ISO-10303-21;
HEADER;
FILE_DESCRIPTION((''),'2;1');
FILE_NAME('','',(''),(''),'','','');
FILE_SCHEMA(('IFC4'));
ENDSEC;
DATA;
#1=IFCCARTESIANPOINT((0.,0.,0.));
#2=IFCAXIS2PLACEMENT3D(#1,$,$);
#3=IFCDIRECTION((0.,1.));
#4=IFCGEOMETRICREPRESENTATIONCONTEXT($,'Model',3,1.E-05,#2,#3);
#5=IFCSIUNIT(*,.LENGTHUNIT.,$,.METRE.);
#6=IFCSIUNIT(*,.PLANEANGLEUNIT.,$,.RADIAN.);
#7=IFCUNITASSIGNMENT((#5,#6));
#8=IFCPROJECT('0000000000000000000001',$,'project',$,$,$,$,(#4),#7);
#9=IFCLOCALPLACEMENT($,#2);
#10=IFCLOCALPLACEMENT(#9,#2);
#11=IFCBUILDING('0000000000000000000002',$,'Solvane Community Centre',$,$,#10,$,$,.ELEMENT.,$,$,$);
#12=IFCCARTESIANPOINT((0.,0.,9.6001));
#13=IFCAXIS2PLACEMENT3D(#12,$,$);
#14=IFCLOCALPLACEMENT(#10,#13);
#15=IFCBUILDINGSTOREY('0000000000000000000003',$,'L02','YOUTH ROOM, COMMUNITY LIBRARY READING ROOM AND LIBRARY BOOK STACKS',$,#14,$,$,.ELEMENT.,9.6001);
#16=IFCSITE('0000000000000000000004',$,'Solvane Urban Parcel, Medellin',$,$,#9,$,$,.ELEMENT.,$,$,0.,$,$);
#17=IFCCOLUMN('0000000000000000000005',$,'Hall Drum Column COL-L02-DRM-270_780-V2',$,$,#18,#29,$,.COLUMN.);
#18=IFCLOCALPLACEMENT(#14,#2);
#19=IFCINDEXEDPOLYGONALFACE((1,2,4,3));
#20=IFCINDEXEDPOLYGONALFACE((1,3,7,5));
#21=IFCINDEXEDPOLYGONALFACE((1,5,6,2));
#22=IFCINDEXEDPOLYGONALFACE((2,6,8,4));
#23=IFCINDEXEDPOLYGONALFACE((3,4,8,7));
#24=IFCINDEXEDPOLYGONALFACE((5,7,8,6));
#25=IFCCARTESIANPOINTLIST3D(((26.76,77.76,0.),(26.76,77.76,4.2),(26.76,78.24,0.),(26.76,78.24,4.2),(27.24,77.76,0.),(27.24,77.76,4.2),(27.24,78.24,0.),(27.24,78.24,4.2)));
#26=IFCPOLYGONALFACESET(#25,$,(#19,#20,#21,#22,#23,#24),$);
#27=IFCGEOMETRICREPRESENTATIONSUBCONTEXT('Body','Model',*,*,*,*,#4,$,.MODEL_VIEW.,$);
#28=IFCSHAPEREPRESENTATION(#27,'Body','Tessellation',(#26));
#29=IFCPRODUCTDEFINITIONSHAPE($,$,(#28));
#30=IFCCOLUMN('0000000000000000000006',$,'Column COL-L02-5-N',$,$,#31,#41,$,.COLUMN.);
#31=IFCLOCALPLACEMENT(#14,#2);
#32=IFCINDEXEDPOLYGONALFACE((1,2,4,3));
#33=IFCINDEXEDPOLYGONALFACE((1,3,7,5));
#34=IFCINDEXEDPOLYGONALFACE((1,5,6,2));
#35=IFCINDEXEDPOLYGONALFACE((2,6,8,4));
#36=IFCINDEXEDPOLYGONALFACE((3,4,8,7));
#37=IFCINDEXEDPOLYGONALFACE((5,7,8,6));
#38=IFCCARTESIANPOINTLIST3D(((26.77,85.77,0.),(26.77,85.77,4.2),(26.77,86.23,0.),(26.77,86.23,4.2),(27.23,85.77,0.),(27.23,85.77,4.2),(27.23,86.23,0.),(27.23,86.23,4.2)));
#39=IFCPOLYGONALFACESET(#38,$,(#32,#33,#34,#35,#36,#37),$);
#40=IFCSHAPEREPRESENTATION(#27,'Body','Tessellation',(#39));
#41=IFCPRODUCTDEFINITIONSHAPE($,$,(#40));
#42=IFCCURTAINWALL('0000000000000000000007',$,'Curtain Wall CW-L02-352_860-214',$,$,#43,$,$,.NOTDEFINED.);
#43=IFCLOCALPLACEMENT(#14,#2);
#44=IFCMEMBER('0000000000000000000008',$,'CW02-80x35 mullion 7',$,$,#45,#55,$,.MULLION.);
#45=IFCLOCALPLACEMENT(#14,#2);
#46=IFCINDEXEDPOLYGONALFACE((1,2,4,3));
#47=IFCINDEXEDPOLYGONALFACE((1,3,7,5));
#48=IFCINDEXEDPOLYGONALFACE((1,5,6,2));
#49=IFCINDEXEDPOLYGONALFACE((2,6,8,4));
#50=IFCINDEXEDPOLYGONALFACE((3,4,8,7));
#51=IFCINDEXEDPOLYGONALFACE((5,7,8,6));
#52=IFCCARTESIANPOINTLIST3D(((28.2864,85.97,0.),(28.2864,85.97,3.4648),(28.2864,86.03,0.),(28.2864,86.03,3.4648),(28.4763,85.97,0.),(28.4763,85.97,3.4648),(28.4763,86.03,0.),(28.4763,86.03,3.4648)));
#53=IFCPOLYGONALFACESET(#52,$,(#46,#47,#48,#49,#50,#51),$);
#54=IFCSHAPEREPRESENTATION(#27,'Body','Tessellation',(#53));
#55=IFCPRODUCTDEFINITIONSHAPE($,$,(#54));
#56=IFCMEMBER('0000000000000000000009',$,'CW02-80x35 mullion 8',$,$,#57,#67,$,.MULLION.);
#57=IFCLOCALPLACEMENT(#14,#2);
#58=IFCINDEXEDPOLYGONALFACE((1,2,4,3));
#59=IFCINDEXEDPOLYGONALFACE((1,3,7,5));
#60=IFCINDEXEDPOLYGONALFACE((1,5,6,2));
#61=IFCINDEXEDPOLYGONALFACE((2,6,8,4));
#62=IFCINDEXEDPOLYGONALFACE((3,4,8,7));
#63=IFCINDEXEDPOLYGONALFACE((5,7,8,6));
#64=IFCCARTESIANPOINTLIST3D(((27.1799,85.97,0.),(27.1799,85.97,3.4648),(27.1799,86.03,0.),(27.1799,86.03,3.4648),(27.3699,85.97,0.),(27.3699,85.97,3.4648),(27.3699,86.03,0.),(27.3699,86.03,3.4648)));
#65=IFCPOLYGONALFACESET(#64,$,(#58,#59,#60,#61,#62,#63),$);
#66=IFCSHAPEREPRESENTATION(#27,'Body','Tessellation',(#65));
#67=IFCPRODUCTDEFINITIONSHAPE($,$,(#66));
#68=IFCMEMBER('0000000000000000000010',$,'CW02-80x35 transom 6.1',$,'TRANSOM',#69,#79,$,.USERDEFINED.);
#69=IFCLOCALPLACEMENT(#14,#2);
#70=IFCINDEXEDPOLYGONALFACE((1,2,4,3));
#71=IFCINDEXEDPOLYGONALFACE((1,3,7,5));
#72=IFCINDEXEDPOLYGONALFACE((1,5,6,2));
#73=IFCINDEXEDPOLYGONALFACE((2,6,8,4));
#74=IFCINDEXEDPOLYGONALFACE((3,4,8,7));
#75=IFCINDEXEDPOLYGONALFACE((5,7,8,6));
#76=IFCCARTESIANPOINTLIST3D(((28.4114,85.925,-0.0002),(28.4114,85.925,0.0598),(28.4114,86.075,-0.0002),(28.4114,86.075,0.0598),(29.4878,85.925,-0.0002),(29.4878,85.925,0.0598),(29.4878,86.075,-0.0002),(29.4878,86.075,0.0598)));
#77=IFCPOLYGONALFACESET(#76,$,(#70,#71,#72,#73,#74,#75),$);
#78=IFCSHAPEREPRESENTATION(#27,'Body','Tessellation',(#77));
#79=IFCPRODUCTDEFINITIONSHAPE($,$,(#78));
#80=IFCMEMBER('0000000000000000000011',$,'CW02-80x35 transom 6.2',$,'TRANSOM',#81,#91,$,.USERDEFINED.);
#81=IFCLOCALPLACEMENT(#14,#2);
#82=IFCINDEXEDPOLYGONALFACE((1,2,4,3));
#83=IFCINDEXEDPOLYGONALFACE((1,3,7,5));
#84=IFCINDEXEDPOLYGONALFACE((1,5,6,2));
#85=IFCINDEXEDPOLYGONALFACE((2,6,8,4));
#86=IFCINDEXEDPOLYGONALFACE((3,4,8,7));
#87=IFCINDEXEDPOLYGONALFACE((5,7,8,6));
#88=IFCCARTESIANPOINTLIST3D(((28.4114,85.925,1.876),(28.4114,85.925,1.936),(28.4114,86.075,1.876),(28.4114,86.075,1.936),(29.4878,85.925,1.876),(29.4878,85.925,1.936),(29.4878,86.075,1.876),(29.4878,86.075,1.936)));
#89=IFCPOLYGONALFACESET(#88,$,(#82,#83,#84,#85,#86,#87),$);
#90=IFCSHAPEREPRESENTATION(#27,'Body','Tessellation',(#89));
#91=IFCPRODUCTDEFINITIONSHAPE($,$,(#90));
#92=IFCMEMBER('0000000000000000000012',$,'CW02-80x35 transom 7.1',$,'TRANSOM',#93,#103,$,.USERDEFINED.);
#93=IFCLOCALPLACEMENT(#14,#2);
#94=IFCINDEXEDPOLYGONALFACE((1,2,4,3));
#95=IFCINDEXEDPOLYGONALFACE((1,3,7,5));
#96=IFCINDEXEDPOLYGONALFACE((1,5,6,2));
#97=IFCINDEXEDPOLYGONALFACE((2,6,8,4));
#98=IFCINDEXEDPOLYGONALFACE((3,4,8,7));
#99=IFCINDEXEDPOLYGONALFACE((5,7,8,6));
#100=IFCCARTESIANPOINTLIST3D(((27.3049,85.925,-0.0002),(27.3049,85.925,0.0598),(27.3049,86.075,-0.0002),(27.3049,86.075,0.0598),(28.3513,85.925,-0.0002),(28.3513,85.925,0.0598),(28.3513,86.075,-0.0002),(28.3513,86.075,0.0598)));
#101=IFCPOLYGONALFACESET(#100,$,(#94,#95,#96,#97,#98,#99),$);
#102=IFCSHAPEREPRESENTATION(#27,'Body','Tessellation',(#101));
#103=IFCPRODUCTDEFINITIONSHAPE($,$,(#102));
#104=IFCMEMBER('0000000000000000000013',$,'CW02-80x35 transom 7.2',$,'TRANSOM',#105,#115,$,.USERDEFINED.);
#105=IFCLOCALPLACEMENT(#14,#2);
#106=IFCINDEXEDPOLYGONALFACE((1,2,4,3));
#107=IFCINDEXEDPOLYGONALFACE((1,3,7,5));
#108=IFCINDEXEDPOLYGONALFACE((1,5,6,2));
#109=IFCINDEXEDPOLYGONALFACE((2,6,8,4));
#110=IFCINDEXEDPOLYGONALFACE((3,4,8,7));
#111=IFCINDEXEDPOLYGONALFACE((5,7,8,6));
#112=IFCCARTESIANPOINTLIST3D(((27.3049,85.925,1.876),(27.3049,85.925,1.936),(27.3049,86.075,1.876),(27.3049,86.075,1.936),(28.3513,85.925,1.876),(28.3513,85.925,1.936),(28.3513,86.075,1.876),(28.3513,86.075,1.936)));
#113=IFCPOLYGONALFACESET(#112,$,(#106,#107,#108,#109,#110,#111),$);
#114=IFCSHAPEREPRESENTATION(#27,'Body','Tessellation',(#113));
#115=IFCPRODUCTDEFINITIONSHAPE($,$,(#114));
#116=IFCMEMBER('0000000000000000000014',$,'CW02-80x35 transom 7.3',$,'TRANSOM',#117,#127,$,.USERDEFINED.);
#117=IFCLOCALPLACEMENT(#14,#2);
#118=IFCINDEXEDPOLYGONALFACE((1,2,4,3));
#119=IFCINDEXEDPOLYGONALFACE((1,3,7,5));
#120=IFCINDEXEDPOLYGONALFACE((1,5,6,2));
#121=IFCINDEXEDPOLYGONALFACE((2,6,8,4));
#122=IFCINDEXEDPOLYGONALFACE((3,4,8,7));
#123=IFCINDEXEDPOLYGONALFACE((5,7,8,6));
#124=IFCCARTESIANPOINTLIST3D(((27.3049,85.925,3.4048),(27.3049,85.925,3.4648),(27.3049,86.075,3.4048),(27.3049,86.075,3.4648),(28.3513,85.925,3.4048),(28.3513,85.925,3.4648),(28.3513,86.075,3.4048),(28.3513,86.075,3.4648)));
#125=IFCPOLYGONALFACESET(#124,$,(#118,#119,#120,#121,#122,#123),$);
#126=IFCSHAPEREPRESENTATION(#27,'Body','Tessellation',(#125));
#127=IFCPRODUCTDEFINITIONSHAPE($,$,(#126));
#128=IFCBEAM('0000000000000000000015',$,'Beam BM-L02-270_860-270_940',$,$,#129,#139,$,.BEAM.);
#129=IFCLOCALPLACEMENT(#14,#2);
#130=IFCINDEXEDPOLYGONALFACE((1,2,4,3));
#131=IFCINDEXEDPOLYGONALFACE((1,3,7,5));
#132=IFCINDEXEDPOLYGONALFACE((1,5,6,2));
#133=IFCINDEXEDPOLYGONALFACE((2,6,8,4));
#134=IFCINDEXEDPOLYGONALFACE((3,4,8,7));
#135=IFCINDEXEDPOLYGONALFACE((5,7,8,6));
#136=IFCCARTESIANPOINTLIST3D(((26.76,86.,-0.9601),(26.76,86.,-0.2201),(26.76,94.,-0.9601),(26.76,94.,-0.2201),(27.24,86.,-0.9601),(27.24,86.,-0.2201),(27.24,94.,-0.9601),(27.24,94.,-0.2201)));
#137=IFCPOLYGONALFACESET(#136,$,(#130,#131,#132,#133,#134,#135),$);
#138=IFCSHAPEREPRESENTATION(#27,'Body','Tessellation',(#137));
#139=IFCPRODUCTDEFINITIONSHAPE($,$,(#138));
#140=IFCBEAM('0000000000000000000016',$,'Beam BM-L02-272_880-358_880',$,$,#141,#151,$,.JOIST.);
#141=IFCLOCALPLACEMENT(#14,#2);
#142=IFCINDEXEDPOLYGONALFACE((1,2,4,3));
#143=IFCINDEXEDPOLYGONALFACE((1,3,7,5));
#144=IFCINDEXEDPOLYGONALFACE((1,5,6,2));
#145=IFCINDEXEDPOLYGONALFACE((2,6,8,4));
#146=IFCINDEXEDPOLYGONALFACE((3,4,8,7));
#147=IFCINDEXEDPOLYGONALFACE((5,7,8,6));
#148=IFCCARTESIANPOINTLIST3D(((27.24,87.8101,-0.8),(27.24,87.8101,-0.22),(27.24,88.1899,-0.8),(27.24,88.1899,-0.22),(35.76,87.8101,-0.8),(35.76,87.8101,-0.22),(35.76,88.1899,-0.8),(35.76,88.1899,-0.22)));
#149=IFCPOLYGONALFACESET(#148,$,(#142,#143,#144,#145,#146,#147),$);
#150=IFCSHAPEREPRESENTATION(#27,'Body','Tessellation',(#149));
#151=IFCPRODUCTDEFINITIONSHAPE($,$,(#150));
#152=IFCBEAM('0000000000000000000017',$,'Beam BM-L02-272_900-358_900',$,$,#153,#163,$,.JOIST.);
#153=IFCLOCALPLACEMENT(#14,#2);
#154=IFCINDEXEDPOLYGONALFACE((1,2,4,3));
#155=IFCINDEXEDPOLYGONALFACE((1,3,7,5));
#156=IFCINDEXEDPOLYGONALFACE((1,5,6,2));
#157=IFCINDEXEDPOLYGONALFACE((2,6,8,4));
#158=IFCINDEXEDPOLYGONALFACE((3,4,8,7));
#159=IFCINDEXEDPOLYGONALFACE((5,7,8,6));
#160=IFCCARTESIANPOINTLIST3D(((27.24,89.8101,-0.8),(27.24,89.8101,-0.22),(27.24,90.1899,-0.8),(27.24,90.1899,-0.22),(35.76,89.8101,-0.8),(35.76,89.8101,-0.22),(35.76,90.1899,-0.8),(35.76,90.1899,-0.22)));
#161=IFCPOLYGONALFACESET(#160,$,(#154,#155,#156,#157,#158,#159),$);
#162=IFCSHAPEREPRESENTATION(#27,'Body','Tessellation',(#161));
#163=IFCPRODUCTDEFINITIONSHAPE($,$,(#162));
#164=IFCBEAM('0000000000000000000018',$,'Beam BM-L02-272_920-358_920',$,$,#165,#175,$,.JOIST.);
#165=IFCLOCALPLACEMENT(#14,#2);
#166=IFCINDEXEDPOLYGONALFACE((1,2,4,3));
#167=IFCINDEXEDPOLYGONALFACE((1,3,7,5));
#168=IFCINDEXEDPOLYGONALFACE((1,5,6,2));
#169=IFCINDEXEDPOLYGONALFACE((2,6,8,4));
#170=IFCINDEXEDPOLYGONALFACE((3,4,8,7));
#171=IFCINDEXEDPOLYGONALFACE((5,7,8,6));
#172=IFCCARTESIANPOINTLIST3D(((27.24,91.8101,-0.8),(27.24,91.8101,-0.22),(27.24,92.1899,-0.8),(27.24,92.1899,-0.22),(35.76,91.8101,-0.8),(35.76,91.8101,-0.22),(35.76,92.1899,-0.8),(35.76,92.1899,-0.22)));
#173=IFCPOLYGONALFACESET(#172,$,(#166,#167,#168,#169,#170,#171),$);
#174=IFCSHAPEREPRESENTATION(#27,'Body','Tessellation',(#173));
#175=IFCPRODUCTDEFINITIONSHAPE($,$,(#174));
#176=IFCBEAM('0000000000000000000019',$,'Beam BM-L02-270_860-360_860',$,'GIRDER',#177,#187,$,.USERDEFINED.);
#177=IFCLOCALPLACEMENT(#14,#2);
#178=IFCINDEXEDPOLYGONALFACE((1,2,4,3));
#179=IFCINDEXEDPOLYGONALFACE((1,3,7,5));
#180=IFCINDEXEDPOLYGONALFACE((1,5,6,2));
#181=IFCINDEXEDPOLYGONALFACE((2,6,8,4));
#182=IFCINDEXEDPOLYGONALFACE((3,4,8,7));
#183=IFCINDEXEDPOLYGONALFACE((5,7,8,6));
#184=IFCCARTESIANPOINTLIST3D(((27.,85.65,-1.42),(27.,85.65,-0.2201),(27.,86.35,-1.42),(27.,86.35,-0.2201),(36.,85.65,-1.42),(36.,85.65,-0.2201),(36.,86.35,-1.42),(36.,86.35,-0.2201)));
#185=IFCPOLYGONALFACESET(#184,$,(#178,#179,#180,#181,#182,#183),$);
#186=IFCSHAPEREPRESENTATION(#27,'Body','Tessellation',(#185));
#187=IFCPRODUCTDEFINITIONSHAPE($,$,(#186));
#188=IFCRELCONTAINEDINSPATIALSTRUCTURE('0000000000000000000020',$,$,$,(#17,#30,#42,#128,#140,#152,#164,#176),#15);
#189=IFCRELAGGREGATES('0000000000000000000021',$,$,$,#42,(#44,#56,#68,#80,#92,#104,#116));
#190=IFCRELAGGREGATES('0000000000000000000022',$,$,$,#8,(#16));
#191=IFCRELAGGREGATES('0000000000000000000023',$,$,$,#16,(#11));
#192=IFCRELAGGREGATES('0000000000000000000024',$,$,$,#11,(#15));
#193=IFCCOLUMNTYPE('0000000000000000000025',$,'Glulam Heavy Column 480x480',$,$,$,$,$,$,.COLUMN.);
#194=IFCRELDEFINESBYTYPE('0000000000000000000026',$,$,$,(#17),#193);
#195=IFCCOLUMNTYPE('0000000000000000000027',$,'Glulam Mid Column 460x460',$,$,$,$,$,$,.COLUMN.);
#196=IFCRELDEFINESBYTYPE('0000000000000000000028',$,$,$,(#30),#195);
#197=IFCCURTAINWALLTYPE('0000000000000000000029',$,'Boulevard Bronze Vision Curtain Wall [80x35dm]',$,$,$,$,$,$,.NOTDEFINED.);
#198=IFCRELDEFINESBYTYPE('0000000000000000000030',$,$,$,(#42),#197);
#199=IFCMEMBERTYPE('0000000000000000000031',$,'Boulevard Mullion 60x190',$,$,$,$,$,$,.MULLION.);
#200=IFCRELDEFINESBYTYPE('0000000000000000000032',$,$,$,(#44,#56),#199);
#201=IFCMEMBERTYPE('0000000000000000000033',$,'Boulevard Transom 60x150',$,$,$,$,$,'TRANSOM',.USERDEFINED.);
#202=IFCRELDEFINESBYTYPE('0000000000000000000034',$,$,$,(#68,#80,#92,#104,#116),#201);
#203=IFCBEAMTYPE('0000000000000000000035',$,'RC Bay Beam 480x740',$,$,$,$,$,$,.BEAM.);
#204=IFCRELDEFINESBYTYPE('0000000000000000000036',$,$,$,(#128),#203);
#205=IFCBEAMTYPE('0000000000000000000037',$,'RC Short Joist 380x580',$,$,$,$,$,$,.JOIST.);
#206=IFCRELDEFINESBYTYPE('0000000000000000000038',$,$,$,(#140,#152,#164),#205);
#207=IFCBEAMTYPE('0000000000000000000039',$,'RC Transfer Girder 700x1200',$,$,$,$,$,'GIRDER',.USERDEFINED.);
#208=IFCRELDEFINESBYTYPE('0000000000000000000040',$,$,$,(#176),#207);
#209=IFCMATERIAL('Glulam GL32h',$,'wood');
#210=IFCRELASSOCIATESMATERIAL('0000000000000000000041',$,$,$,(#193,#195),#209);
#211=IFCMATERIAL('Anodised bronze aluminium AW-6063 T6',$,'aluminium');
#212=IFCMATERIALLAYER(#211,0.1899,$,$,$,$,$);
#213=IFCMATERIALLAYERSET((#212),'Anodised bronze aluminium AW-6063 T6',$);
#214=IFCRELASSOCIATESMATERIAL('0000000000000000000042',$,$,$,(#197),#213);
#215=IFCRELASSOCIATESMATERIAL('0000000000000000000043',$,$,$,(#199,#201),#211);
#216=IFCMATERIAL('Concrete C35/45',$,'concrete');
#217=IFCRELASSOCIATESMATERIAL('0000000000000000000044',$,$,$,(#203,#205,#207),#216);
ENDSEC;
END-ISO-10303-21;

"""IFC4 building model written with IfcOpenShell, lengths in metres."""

from ifc_helpers import new_model, si_unit, direction, frame, origin, origin_2d, place, context, subcontext, project, spatial, rectangle, extrude, material, layer, layer_set, material_profile, profile_set, type_object, element, aggregate, save


model = new_model("IFC4")

# Units and contexts
model_context = context("Model", 3, precision=1e-05, world=origin(), true_north=direction((0.0, 1.0)))
body_context = subcontext(model_context, "Body", "Model", "MODEL_VIEW")
ifc_project = project(units=[si_unit("LENGTHUNIT", "METRE"), si_unit("PLANEANGLEUNIT", "RADIAN")], contexts=[model_context])

# Site, building, storey
site_placement = place(None, origin())
site = spatial("IfcSite", under=ifc_project, at=site_placement, Name="Solvane Urban Parcel, Medellin", CompositionType="ELEMENT", RefElevation=0.0)
building_placement = place(site_placement, origin())
building = spatial("IfcBuilding", under=site, at=building_placement, Name="Solvane Community Centre", CompositionType="ELEMENT")
storey_placement = place(building_placement, frame((0.0, 0.0, 9.6001)))
storey = spatial("IfcBuildingStorey", under=building, at=storey_placement, Name="L02", Description="YOUTH ROOM, COMMUNITY LIBRARY READING ROOM AND LIBRARY BOOK STACKS", CompositionType="ELEMENT", Elevation=9.6001)

# Columns
ifc_material_1 = material(Name="Glulam GL32h", Category="wood")
ifc_material_profile_1 = material_profile(ifc_material_1, rectangle(XDim=0.48, YDim=0.48, at=origin_2d()), Name="GL32h 480x480")
ifc_profile_set_1 = profile_set([ifc_material_profile_1], Name="Glulam GL32h")
column_type_1 = type_object("IfcColumnType", Name="Glulam Heavy Column 480x480", PredefinedType="COLUMN", material=ifc_profile_set_1)
column_1_placement = place(storey_placement, frame((27.0, 78.0, 0.0), z_axis=(0.0, 0.0, 1.0), x_axis=(1.0, 0.0, 0.0)))
element("IfcColumn", 1, at=column_1_placement, inside=storey, type_object=column_type_1, Name="Hall Drum Column COL-L02-DRM-270_780-V2", PredefinedType="COLUMN", context=body_context, shape_type="SweptSolid", body=[
    extrude(rectangle(XDim=0.48, YDim=0.48, at=origin_2d()), origin(), (0.0, 0.0, 1.0), 4.2),
])
ifc_material_profile_2 = material_profile(ifc_material_1, rectangle(XDim=0.46, YDim=0.46, at=origin_2d()), Name="GL32h 460x460")
ifc_profile_set_2 = profile_set([ifc_material_profile_2], Name="Glulam GL32h")
column_type_2 = type_object("IfcColumnType", Name="Glulam Mid Column 460x460", PredefinedType="COLUMN", material=ifc_profile_set_2)
column_2_placement = place(storey_placement, frame((27.0, 86.0, 0.0), z_axis=(0.0, 0.0, 1.0), x_axis=(1.0, 0.0, 0.0)))
element("IfcColumn", 2, at=column_2_placement, inside=storey, type_object=column_type_2, Name="Column COL-L02-5-N", PredefinedType="COLUMN", context=body_context, shape_type="SweptSolid", body=[
    extrude(rectangle(XDim=0.46, YDim=0.46, at=origin_2d()), origin(), (0.0, 0.0, 1.0), 4.2),
])

# Curtain wall, members
ifc_material_2 = material(Name="Anodised bronze aluminium AW-6063 T6", Category="aluminium")
ifc_layer_1 = layer(ifc_material_2, 0.1899)
ifc_layer_set_1 = layer_set([ifc_layer_1], Name="Anodised bronze aluminium AW-6063 T6")
curtain_wall_type = type_object("IfcCurtainWallType", Name="Boulevard Bronze Vision Curtain Wall [80x35dm]", PredefinedType="NOTDEFINED", material=ifc_layer_set_1)
curtain_wall_placement = place(storey_placement, origin())
curtain_wall = element("IfcCurtainWall", 3, at=curtain_wall_placement, inside=storey, type_object=curtain_wall_type, Name="Curtain Wall CW-L02-352_860-214", PredefinedType="NOTDEFINED")
ifc_material_profile_3 = material_profile(ifc_material_2, rectangle(XDim=0.0601, YDim=0.1899, at=origin_2d()), Name="CW-M 60x190")
ifc_profile_set_3 = profile_set([ifc_material_profile_3], Name="Anodised bronze aluminium AW-6063 T6")
member_type_1 = type_object("IfcMemberType", Name="Boulevard Mullion 60x190", PredefinedType="MULLION", material=ifc_profile_set_3)
member_1_placement = place(storey_placement, frame((28.3813, 86.0, 0.0), z_axis=(0.0, 0.0, 1.0), x_axis=(0.0, -1.0, 0.0)))
member_1 = element("IfcMember", 4, at=member_1_placement, type_object=member_type_1, Name="CW02-80x35 mullion 7", PredefinedType="MULLION", context=body_context, shape_type="SweptSolid", body=[
    extrude(rectangle(XDim=0.0601, YDim=0.1899, at=origin_2d()), origin(), (0.0, 0.0, 1.0), 3.4648),
])
member_2_placement = place(storey_placement, frame((27.2749, 86.0, 0.0), z_axis=(0.0, 0.0, 1.0), x_axis=(0.0, -1.0, 0.0)))
member_2 = element("IfcMember", 5, at=member_2_placement, type_object=member_type_1, Name="CW02-80x35 mullion 8", PredefinedType="MULLION", context=body_context, shape_type="SweptSolid", body=[
    extrude(rectangle(XDim=0.0601, YDim=0.1899, at=origin_2d()), origin(), (0.0, 0.0, 1.0), 3.4648),
])
ifc_material_profile_4 = material_profile(ifc_material_2, rectangle(XDim=0.1499, YDim=0.0601, at=origin_2d()), Name="CW-T 60x150")
ifc_profile_set_4 = profile_set([ifc_material_profile_4], Name="Anodised bronze aluminium AW-6063 T6")
member_type_2 = type_object("IfcMemberType", Name="Boulevard Transom 60x150", ElementType="TRANSOM", PredefinedType="USERDEFINED", material=ifc_profile_set_4)
member_3_placement = place(storey_placement, frame((29.4878, 86.0, 0.0298), z_axis=(-1.0, 0.0, 0.0), x_axis=(0.0, -1.0, 0.0)))
member_3 = element("IfcMember", 6, at=member_3_placement, type_object=member_type_2, Name="CW02-80x35 transom 6.1", ObjectType="TRANSOM", PredefinedType="USERDEFINED", context=body_context, shape_type="SweptSolid", body=[
    extrude(rectangle(XDim=0.1499, YDim=0.0601, at=origin_2d()), origin(), (0.0, 0.0, 1.0), 1.0764),
])
member_4_placement = place(storey_placement, frame((29.4878, 86.0, 1.906), z_axis=(-1.0, 0.0, 0.0), x_axis=(0.0, -1.0, 0.0)))
member_4 = element("IfcMember", 7, at=member_4_placement, type_object=member_type_2, Name="CW02-80x35 transom 6.2", ObjectType="TRANSOM", PredefinedType="USERDEFINED", context=body_context, shape_type="SweptSolid", body=[
    extrude(rectangle(XDim=0.1499, YDim=0.0601, at=origin_2d()), origin(), (0.0, 0.0, 1.0), 1.0764),
])
member_5_placement = place(storey_placement, frame((28.3513, 86.0, 0.0298), z_axis=(-1.0, 0.0, 0.0), x_axis=(0.0, -1.0, 0.0)))
member_5 = element("IfcMember", 8, at=member_5_placement, type_object=member_type_2, Name="CW02-80x35 transom 7.1", ObjectType="TRANSOM", PredefinedType="USERDEFINED", context=body_context, shape_type="SweptSolid", body=[
    extrude(rectangle(XDim=0.1499, YDim=0.0601, at=origin_2d()), origin(), (0.0, 0.0, 1.0), 1.0464),
])
member_6_placement = place(storey_placement, frame((28.3513, 86.0, 1.906), z_axis=(-1.0, 0.0, 0.0), x_axis=(0.0, -1.0, 0.0)))
member_6 = element("IfcMember", 9, at=member_6_placement, type_object=member_type_2, Name="CW02-80x35 transom 7.2", ObjectType="TRANSOM", PredefinedType="USERDEFINED", context=body_context, shape_type="SweptSolid", body=[
    extrude(rectangle(XDim=0.1499, YDim=0.0601, at=origin_2d()), origin(), (0.0, 0.0, 1.0), 1.0464),
])
member_7_placement = place(storey_placement, frame((28.3513, 86.0, 3.4348), z_axis=(-1.0, 0.0, 0.0), x_axis=(0.0, -1.0, 0.0)))
member_7 = element("IfcMember", 10, at=member_7_placement, type_object=member_type_2, Name="CW02-80x35 transom 7.3", ObjectType="TRANSOM", PredefinedType="USERDEFINED", context=body_context, shape_type="SweptSolid", body=[
    extrude(rectangle(XDim=0.1499, YDim=0.0601, at=origin_2d()), origin(), (0.0, 0.0, 1.0), 1.0464),
])

# Beams
ifc_material_3 = material(Name="Concrete C35/45", Category="concrete")
ifc_material_profile_5 = material_profile(ifc_material_3, rectangle(XDim=0.48, YDim=0.74, at=origin_2d()), Name="RC 480x740")
ifc_profile_set_5 = profile_set([ifc_material_profile_5], Name="Concrete C35/45")
beam_type_1 = type_object("IfcBeamType", Name="RC Bay Beam 480x740", PredefinedType="BEAM", material=ifc_profile_set_5)
beam_1_placement = place(storey_placement, frame((27.0, 86.0, -0.5901), z_axis=(0.0, 1.0, 0.0), x_axis=(-1.0, 0.0, 0.0)))
element("IfcBeam", 11, at=beam_1_placement, inside=storey, type_object=beam_type_1, Name="Beam BM-L02-270_860-270_940", PredefinedType="BEAM", context=body_context, shape_type="SweptSolid", body=[
    extrude(rectangle(XDim=0.48, YDim=0.74, at=origin_2d()), origin(), (0.0, 0.0, 1.0), 8.0),
])
ifc_material_profile_6 = material_profile(ifc_material_3, rectangle(XDim=0.3799, YDim=0.5801, at=origin_2d()), Name="RC 380x580")
ifc_profile_set_6 = profile_set([ifc_material_profile_6], Name="Concrete C35/45")
beam_type_2 = type_object("IfcBeamType", Name="RC Short Joist 380x580", PredefinedType="JOIST", material=ifc_profile_set_6)
for number, where, z_axis, x_axis, name in (
    (12, (27.24, 88.0, -0.51), (1.0, 0.0, 0.0), (0.0, 1.0, 0.0), "Beam BM-L02-272_880-358_880"),
    (13, (27.24, 90.0, -0.51), (1.0, 0.0, 0.0), (0.0, 1.0, 0.0), "Beam BM-L02-272_900-358_900"),
    (14, (27.24, 92.0, -0.51), (1.0, 0.0, 0.0), (0.0, 1.0, 0.0), "Beam BM-L02-272_920-358_920"),
):
    element("IfcBeam", number, at=place(storey_placement, frame(where, z_axis=z_axis, x_axis=x_axis)), inside=storey, type_object=beam_type_2, Name=name, PredefinedType="JOIST", context=body_context, shape_type="SweptSolid", body=[
        extrude(rectangle(XDim=0.3799, YDim=0.5801, at=origin_2d()), origin(), (0.0, 0.0, 1.0), 8.52),
    ])
ifc_material_profile_7 = material_profile(ifc_material_3, rectangle(XDim=0.7, YDim=1.2, at=origin_2d()), Name="RC 700x1200")
ifc_profile_set_7 = profile_set([ifc_material_profile_7], Name="Concrete C35/45")
beam_type_3 = type_object("IfcBeamType", Name="RC Transfer Girder 700x1200", ElementType="GIRDER", PredefinedType="USERDEFINED", material=ifc_profile_set_7)
beam_2_placement = place(storey_placement, frame((27.0, 86.0, -0.8201), z_axis=(1.0, 0.0, 0.0), x_axis=(0.0, 1.0, 0.0)))
element("IfcBeam", 15, at=beam_2_placement, inside=storey, type_object=beam_type_3, Name="Beam BM-L02-270_860-360_860", ObjectType="GIRDER", PredefinedType="USERDEFINED", context=body_context, shape_type="SweptSolid", body=[
    extrude(rectangle(XDim=0.7, YDim=1.2, at=origin_2d()), origin(), (0.0, 0.0, 1.0), 9.0),
])

aggregate(curtain_wall, [member_1, member_2, member_3, member_4, member_5, member_6, member_7])

save(model, "model.ifc")
